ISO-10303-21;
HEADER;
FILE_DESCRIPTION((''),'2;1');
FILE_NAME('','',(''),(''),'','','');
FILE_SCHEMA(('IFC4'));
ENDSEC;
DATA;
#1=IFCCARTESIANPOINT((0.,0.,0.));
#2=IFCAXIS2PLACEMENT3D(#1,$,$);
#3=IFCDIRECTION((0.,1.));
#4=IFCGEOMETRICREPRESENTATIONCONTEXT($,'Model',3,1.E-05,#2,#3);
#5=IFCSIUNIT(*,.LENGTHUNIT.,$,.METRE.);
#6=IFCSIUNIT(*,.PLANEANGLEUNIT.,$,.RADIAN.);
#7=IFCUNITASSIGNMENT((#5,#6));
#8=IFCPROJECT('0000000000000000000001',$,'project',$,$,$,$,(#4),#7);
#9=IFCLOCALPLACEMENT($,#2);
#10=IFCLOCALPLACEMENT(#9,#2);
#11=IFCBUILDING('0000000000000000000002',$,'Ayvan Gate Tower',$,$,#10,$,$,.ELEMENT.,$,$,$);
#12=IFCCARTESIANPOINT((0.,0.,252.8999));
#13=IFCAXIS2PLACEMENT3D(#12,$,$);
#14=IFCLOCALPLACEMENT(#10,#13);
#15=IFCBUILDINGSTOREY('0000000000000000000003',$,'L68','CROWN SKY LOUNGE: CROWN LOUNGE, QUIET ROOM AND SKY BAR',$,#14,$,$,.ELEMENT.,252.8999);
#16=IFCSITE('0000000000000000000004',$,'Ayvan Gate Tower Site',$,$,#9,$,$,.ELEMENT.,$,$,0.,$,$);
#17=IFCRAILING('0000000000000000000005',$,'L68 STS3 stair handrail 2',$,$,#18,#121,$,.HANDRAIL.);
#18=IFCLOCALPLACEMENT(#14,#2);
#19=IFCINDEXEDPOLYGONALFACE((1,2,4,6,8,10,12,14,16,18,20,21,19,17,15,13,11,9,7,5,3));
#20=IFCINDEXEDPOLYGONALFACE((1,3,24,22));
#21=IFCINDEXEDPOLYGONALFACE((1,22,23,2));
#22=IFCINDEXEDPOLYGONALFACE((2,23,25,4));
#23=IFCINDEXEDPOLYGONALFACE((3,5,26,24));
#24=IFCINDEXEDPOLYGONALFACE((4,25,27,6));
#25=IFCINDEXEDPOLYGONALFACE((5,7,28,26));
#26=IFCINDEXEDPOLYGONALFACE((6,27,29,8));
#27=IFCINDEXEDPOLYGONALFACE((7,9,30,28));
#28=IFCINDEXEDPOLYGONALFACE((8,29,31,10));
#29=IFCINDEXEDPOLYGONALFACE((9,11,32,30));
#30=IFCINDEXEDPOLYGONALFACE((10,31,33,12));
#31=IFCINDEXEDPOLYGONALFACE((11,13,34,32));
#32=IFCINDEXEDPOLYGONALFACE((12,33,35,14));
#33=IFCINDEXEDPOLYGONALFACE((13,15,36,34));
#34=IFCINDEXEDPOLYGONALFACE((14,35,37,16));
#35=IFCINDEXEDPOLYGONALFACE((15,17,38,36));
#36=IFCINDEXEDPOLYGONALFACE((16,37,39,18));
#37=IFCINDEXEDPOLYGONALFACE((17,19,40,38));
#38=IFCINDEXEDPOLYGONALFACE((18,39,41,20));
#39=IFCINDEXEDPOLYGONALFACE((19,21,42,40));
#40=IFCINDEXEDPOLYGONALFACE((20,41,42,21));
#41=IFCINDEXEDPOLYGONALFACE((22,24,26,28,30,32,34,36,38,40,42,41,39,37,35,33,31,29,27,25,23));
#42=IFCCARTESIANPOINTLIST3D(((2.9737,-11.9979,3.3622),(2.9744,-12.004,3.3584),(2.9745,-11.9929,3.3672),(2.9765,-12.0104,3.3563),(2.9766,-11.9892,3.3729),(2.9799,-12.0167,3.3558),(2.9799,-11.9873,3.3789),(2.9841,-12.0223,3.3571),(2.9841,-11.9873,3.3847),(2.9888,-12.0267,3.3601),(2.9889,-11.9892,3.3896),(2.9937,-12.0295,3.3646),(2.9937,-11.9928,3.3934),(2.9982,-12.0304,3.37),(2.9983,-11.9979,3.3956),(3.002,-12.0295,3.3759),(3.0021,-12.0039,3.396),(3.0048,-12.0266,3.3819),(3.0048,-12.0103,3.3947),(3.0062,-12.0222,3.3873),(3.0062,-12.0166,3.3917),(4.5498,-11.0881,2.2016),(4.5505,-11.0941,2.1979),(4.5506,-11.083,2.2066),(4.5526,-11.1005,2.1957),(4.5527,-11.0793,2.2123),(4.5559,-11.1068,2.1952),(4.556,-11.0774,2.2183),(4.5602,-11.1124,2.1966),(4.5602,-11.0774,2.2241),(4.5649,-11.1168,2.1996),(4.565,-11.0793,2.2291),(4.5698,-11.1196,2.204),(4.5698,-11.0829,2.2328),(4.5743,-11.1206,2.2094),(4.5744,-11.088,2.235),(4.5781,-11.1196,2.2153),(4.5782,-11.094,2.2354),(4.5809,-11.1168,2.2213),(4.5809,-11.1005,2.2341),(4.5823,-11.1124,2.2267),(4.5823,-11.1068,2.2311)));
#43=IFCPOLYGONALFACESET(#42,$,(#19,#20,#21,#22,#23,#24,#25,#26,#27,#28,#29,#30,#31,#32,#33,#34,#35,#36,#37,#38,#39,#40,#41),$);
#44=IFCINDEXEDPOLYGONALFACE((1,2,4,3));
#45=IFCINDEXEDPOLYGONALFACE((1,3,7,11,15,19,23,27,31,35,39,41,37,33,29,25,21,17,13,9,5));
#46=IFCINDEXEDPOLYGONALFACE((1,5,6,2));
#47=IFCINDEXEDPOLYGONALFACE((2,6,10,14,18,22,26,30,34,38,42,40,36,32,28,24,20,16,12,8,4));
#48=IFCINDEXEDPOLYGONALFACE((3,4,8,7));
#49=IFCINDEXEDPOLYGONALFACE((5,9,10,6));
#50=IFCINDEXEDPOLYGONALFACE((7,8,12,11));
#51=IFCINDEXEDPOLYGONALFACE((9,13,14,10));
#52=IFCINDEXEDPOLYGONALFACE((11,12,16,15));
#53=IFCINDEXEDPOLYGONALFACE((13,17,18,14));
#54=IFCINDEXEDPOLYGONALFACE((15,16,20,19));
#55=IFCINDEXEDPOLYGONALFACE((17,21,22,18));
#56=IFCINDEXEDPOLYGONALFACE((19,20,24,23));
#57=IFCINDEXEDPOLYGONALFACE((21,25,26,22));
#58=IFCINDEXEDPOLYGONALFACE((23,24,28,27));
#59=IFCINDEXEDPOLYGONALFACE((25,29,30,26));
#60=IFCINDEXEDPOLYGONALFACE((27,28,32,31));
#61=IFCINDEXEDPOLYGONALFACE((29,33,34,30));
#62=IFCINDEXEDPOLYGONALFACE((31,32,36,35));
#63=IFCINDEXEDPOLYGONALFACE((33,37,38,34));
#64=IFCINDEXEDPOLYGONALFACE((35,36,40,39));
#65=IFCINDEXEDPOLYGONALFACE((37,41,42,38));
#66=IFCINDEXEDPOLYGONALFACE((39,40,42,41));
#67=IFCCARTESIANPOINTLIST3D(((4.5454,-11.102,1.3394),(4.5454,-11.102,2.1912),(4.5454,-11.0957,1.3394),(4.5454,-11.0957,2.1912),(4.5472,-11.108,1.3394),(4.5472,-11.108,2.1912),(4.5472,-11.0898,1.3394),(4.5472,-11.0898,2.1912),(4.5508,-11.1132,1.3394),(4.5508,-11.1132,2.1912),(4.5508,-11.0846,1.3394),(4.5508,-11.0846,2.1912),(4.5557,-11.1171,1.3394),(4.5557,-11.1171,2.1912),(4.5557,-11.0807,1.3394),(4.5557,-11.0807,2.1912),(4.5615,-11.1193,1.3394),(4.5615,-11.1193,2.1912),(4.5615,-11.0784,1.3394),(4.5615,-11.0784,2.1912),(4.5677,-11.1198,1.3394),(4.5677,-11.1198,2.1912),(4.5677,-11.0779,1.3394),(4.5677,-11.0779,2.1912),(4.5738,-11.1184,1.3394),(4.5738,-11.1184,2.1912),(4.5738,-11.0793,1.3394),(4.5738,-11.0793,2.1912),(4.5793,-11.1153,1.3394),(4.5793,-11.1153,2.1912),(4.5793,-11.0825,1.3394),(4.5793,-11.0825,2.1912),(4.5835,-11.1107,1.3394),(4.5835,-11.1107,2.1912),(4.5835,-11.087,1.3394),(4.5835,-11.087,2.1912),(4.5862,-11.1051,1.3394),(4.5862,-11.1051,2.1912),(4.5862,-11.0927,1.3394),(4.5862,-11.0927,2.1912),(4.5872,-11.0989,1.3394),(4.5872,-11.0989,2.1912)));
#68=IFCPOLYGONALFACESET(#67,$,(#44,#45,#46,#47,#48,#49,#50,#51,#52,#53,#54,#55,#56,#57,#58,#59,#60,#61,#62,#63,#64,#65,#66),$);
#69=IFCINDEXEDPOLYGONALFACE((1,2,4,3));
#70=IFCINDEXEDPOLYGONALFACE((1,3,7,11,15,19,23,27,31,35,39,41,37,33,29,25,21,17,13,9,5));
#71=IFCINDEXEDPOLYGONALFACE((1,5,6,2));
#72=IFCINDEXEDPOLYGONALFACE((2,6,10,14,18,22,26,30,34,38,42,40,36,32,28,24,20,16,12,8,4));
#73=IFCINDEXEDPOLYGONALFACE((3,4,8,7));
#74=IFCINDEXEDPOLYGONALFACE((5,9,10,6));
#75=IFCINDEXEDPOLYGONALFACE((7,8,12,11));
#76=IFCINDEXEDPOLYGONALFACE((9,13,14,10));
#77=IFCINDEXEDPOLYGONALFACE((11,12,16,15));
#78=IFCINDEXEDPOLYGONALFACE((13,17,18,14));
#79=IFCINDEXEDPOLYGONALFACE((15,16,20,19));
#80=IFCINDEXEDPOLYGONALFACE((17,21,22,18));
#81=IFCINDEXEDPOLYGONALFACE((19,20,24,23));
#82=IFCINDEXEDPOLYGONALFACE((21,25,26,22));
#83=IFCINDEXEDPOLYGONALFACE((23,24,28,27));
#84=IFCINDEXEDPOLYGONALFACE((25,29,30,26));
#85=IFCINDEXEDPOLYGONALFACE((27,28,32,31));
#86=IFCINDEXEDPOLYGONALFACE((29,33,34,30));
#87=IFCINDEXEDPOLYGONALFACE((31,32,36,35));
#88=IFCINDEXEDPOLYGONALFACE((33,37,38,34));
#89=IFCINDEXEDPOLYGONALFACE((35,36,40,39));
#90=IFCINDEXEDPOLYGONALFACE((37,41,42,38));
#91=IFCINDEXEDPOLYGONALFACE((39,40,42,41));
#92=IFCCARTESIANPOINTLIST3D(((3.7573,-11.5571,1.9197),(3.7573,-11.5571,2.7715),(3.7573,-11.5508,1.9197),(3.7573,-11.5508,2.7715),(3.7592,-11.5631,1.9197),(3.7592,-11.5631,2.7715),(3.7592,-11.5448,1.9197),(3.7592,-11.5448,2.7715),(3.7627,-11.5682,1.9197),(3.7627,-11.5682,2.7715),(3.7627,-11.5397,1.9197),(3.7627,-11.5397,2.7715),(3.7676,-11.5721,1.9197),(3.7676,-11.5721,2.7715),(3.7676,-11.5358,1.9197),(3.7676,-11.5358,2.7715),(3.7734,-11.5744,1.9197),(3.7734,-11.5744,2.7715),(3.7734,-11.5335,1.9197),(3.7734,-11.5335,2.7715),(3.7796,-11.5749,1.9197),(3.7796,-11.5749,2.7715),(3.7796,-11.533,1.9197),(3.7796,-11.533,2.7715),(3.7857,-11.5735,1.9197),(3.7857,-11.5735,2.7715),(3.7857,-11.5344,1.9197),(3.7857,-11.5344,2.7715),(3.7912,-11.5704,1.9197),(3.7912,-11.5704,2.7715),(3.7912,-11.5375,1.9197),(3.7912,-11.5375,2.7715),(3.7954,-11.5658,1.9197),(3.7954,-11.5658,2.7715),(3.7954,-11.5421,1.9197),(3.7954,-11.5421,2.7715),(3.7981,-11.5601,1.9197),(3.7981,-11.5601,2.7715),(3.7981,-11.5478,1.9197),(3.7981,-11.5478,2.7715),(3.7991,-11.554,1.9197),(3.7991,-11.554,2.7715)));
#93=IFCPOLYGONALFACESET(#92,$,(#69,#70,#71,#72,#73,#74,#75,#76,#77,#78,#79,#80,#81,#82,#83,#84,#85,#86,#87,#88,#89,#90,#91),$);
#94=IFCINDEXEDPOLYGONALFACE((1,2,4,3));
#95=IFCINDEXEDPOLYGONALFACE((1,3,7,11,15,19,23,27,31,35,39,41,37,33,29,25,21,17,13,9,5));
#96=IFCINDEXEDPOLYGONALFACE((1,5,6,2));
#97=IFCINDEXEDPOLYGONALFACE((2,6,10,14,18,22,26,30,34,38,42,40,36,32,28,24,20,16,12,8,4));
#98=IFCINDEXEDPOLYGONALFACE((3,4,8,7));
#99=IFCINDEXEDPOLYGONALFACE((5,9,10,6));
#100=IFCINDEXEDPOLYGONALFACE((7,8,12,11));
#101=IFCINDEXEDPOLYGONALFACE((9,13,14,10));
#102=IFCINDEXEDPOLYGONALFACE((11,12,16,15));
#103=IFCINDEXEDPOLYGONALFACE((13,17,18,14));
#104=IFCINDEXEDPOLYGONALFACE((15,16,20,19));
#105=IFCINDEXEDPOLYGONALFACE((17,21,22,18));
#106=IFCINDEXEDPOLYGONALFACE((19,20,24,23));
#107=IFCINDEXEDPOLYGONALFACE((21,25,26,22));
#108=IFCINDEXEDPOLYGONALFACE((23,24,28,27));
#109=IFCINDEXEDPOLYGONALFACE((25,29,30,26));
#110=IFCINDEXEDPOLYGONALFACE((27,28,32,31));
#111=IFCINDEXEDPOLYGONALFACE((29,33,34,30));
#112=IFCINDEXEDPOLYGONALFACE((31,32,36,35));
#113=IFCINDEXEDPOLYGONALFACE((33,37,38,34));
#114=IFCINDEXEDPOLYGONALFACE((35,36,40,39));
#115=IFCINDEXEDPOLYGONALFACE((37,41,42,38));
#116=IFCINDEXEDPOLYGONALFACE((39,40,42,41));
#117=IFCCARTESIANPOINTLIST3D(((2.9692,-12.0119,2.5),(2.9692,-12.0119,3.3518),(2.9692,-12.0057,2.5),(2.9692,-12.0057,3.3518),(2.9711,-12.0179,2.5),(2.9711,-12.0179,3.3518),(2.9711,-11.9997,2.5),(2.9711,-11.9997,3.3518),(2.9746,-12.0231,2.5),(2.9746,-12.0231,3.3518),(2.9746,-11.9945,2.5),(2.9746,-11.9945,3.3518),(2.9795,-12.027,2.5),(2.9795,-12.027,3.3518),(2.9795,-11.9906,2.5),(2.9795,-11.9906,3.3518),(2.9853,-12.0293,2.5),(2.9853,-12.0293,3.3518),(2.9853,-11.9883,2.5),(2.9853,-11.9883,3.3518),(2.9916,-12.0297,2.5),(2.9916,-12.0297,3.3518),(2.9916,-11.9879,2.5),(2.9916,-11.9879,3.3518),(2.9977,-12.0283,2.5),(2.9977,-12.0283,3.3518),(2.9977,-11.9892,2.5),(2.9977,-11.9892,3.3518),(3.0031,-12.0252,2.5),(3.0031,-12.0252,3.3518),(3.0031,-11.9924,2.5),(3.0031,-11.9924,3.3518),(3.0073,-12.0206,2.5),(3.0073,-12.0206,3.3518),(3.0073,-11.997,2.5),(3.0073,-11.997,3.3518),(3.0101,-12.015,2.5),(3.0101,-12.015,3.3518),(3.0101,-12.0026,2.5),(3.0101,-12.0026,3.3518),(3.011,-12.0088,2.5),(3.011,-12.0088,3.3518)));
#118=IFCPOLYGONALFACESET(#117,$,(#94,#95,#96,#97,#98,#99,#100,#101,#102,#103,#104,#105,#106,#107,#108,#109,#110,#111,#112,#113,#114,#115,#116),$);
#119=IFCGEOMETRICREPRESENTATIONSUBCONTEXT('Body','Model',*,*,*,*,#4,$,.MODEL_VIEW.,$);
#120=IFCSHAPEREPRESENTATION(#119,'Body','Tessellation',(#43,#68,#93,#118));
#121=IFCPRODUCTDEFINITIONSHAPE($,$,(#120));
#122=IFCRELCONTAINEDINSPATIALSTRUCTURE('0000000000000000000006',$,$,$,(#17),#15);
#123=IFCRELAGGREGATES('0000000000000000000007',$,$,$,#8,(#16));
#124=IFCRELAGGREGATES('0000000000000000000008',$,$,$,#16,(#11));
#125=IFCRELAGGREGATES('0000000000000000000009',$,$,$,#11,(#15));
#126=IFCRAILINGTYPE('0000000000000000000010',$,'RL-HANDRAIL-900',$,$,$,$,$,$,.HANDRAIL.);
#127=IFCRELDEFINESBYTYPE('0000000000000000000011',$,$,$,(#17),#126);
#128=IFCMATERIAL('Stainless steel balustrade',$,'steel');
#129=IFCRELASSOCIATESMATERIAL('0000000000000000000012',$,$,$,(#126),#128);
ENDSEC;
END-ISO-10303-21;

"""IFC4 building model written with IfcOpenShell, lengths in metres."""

from ifc_helpers import new_model, si_unit, direction, frame, origin, origin_2d, place, context, subcontext, project, spatial, circle, extrude, material, type_object, element, save


model = new_model("IFC4")

# Units and contexts
model_context = context("Model", 3, precision=1e-05, world=origin(), true_north=direction((0.0, 1.0)))
body_context = subcontext(model_context, "Body", "Model", "MODEL_VIEW")
ifc_project = project(units=[si_unit("LENGTHUNIT", "METRE"), si_unit("PLANEANGLEUNIT", "RADIAN")], contexts=[model_context])

# Site, building, storey
site_placement = place(None, origin())
site = spatial("IfcSite", under=ifc_project, at=site_placement, Name="Ayvan Gate Tower Site", CompositionType="ELEMENT", RefElevation=0.0)
building_placement = place(site_placement, origin())
building = spatial("IfcBuilding", under=site, at=building_placement, Name="Ayvan Gate Tower", CompositionType="ELEMENT")
storey_placement = place(building_placement, frame((0.0, 0.0, 252.8999)))
storey = spatial("IfcBuildingStorey", under=building, at=storey_placement, Name="L68", Description="CROWN SKY LOUNGE: CROWN LOUNGE, QUIET ROOM AND SKY BAR", CompositionType="ELEMENT", Elevation=252.8999)

# Railing
ifc_material_1 = material(Name="Stainless steel balustrade", Category="steel")
railing_type_1 = type_object("IfcRailingType", Name="RL-HANDRAIL-900", PredefinedType="HANDRAIL", material=ifc_material_1)
for number, where, name in (
    (1, (4.5662, -11.0989, 1.3394), "L68 STS3 stair handrail 2"),
):
    element("IfcRailing", number, at=place(storey_placement, frame(where)), inside=storey, type_object=railing_type_1, Name=name, PredefinedType="HANDRAIL", context=body_context, shape_type="SweptSolid", body=[
        extrude(circle(Radius=0.0239, at=origin_2d()), frame((0.0, 0.0, 0.876), z_axis=(-0.730198, -0.421538, 0.537695), x_axis=(0.499962, -0.866047, 0.0)), (0.0, 0.0, 1.0), 2.1584),
        extrude(circle(Radius=0.021, at=origin_2d()), origin(), (0.0, 0.0, 1.0), 0.8518),
        extrude(circle(Radius=0.021, at=origin_2d()), frame((-0.7881, -0.4551, 0.5803)), (0.0, 0.0, 1.0), 0.8518),
        extrude(circle(Radius=0.021, at=origin_2d()), frame((-1.5762, -0.9099, 1.1606)), (0.0, 0.0, 1.0), 0.8518),
    ])

save(model, "model.ifc")
